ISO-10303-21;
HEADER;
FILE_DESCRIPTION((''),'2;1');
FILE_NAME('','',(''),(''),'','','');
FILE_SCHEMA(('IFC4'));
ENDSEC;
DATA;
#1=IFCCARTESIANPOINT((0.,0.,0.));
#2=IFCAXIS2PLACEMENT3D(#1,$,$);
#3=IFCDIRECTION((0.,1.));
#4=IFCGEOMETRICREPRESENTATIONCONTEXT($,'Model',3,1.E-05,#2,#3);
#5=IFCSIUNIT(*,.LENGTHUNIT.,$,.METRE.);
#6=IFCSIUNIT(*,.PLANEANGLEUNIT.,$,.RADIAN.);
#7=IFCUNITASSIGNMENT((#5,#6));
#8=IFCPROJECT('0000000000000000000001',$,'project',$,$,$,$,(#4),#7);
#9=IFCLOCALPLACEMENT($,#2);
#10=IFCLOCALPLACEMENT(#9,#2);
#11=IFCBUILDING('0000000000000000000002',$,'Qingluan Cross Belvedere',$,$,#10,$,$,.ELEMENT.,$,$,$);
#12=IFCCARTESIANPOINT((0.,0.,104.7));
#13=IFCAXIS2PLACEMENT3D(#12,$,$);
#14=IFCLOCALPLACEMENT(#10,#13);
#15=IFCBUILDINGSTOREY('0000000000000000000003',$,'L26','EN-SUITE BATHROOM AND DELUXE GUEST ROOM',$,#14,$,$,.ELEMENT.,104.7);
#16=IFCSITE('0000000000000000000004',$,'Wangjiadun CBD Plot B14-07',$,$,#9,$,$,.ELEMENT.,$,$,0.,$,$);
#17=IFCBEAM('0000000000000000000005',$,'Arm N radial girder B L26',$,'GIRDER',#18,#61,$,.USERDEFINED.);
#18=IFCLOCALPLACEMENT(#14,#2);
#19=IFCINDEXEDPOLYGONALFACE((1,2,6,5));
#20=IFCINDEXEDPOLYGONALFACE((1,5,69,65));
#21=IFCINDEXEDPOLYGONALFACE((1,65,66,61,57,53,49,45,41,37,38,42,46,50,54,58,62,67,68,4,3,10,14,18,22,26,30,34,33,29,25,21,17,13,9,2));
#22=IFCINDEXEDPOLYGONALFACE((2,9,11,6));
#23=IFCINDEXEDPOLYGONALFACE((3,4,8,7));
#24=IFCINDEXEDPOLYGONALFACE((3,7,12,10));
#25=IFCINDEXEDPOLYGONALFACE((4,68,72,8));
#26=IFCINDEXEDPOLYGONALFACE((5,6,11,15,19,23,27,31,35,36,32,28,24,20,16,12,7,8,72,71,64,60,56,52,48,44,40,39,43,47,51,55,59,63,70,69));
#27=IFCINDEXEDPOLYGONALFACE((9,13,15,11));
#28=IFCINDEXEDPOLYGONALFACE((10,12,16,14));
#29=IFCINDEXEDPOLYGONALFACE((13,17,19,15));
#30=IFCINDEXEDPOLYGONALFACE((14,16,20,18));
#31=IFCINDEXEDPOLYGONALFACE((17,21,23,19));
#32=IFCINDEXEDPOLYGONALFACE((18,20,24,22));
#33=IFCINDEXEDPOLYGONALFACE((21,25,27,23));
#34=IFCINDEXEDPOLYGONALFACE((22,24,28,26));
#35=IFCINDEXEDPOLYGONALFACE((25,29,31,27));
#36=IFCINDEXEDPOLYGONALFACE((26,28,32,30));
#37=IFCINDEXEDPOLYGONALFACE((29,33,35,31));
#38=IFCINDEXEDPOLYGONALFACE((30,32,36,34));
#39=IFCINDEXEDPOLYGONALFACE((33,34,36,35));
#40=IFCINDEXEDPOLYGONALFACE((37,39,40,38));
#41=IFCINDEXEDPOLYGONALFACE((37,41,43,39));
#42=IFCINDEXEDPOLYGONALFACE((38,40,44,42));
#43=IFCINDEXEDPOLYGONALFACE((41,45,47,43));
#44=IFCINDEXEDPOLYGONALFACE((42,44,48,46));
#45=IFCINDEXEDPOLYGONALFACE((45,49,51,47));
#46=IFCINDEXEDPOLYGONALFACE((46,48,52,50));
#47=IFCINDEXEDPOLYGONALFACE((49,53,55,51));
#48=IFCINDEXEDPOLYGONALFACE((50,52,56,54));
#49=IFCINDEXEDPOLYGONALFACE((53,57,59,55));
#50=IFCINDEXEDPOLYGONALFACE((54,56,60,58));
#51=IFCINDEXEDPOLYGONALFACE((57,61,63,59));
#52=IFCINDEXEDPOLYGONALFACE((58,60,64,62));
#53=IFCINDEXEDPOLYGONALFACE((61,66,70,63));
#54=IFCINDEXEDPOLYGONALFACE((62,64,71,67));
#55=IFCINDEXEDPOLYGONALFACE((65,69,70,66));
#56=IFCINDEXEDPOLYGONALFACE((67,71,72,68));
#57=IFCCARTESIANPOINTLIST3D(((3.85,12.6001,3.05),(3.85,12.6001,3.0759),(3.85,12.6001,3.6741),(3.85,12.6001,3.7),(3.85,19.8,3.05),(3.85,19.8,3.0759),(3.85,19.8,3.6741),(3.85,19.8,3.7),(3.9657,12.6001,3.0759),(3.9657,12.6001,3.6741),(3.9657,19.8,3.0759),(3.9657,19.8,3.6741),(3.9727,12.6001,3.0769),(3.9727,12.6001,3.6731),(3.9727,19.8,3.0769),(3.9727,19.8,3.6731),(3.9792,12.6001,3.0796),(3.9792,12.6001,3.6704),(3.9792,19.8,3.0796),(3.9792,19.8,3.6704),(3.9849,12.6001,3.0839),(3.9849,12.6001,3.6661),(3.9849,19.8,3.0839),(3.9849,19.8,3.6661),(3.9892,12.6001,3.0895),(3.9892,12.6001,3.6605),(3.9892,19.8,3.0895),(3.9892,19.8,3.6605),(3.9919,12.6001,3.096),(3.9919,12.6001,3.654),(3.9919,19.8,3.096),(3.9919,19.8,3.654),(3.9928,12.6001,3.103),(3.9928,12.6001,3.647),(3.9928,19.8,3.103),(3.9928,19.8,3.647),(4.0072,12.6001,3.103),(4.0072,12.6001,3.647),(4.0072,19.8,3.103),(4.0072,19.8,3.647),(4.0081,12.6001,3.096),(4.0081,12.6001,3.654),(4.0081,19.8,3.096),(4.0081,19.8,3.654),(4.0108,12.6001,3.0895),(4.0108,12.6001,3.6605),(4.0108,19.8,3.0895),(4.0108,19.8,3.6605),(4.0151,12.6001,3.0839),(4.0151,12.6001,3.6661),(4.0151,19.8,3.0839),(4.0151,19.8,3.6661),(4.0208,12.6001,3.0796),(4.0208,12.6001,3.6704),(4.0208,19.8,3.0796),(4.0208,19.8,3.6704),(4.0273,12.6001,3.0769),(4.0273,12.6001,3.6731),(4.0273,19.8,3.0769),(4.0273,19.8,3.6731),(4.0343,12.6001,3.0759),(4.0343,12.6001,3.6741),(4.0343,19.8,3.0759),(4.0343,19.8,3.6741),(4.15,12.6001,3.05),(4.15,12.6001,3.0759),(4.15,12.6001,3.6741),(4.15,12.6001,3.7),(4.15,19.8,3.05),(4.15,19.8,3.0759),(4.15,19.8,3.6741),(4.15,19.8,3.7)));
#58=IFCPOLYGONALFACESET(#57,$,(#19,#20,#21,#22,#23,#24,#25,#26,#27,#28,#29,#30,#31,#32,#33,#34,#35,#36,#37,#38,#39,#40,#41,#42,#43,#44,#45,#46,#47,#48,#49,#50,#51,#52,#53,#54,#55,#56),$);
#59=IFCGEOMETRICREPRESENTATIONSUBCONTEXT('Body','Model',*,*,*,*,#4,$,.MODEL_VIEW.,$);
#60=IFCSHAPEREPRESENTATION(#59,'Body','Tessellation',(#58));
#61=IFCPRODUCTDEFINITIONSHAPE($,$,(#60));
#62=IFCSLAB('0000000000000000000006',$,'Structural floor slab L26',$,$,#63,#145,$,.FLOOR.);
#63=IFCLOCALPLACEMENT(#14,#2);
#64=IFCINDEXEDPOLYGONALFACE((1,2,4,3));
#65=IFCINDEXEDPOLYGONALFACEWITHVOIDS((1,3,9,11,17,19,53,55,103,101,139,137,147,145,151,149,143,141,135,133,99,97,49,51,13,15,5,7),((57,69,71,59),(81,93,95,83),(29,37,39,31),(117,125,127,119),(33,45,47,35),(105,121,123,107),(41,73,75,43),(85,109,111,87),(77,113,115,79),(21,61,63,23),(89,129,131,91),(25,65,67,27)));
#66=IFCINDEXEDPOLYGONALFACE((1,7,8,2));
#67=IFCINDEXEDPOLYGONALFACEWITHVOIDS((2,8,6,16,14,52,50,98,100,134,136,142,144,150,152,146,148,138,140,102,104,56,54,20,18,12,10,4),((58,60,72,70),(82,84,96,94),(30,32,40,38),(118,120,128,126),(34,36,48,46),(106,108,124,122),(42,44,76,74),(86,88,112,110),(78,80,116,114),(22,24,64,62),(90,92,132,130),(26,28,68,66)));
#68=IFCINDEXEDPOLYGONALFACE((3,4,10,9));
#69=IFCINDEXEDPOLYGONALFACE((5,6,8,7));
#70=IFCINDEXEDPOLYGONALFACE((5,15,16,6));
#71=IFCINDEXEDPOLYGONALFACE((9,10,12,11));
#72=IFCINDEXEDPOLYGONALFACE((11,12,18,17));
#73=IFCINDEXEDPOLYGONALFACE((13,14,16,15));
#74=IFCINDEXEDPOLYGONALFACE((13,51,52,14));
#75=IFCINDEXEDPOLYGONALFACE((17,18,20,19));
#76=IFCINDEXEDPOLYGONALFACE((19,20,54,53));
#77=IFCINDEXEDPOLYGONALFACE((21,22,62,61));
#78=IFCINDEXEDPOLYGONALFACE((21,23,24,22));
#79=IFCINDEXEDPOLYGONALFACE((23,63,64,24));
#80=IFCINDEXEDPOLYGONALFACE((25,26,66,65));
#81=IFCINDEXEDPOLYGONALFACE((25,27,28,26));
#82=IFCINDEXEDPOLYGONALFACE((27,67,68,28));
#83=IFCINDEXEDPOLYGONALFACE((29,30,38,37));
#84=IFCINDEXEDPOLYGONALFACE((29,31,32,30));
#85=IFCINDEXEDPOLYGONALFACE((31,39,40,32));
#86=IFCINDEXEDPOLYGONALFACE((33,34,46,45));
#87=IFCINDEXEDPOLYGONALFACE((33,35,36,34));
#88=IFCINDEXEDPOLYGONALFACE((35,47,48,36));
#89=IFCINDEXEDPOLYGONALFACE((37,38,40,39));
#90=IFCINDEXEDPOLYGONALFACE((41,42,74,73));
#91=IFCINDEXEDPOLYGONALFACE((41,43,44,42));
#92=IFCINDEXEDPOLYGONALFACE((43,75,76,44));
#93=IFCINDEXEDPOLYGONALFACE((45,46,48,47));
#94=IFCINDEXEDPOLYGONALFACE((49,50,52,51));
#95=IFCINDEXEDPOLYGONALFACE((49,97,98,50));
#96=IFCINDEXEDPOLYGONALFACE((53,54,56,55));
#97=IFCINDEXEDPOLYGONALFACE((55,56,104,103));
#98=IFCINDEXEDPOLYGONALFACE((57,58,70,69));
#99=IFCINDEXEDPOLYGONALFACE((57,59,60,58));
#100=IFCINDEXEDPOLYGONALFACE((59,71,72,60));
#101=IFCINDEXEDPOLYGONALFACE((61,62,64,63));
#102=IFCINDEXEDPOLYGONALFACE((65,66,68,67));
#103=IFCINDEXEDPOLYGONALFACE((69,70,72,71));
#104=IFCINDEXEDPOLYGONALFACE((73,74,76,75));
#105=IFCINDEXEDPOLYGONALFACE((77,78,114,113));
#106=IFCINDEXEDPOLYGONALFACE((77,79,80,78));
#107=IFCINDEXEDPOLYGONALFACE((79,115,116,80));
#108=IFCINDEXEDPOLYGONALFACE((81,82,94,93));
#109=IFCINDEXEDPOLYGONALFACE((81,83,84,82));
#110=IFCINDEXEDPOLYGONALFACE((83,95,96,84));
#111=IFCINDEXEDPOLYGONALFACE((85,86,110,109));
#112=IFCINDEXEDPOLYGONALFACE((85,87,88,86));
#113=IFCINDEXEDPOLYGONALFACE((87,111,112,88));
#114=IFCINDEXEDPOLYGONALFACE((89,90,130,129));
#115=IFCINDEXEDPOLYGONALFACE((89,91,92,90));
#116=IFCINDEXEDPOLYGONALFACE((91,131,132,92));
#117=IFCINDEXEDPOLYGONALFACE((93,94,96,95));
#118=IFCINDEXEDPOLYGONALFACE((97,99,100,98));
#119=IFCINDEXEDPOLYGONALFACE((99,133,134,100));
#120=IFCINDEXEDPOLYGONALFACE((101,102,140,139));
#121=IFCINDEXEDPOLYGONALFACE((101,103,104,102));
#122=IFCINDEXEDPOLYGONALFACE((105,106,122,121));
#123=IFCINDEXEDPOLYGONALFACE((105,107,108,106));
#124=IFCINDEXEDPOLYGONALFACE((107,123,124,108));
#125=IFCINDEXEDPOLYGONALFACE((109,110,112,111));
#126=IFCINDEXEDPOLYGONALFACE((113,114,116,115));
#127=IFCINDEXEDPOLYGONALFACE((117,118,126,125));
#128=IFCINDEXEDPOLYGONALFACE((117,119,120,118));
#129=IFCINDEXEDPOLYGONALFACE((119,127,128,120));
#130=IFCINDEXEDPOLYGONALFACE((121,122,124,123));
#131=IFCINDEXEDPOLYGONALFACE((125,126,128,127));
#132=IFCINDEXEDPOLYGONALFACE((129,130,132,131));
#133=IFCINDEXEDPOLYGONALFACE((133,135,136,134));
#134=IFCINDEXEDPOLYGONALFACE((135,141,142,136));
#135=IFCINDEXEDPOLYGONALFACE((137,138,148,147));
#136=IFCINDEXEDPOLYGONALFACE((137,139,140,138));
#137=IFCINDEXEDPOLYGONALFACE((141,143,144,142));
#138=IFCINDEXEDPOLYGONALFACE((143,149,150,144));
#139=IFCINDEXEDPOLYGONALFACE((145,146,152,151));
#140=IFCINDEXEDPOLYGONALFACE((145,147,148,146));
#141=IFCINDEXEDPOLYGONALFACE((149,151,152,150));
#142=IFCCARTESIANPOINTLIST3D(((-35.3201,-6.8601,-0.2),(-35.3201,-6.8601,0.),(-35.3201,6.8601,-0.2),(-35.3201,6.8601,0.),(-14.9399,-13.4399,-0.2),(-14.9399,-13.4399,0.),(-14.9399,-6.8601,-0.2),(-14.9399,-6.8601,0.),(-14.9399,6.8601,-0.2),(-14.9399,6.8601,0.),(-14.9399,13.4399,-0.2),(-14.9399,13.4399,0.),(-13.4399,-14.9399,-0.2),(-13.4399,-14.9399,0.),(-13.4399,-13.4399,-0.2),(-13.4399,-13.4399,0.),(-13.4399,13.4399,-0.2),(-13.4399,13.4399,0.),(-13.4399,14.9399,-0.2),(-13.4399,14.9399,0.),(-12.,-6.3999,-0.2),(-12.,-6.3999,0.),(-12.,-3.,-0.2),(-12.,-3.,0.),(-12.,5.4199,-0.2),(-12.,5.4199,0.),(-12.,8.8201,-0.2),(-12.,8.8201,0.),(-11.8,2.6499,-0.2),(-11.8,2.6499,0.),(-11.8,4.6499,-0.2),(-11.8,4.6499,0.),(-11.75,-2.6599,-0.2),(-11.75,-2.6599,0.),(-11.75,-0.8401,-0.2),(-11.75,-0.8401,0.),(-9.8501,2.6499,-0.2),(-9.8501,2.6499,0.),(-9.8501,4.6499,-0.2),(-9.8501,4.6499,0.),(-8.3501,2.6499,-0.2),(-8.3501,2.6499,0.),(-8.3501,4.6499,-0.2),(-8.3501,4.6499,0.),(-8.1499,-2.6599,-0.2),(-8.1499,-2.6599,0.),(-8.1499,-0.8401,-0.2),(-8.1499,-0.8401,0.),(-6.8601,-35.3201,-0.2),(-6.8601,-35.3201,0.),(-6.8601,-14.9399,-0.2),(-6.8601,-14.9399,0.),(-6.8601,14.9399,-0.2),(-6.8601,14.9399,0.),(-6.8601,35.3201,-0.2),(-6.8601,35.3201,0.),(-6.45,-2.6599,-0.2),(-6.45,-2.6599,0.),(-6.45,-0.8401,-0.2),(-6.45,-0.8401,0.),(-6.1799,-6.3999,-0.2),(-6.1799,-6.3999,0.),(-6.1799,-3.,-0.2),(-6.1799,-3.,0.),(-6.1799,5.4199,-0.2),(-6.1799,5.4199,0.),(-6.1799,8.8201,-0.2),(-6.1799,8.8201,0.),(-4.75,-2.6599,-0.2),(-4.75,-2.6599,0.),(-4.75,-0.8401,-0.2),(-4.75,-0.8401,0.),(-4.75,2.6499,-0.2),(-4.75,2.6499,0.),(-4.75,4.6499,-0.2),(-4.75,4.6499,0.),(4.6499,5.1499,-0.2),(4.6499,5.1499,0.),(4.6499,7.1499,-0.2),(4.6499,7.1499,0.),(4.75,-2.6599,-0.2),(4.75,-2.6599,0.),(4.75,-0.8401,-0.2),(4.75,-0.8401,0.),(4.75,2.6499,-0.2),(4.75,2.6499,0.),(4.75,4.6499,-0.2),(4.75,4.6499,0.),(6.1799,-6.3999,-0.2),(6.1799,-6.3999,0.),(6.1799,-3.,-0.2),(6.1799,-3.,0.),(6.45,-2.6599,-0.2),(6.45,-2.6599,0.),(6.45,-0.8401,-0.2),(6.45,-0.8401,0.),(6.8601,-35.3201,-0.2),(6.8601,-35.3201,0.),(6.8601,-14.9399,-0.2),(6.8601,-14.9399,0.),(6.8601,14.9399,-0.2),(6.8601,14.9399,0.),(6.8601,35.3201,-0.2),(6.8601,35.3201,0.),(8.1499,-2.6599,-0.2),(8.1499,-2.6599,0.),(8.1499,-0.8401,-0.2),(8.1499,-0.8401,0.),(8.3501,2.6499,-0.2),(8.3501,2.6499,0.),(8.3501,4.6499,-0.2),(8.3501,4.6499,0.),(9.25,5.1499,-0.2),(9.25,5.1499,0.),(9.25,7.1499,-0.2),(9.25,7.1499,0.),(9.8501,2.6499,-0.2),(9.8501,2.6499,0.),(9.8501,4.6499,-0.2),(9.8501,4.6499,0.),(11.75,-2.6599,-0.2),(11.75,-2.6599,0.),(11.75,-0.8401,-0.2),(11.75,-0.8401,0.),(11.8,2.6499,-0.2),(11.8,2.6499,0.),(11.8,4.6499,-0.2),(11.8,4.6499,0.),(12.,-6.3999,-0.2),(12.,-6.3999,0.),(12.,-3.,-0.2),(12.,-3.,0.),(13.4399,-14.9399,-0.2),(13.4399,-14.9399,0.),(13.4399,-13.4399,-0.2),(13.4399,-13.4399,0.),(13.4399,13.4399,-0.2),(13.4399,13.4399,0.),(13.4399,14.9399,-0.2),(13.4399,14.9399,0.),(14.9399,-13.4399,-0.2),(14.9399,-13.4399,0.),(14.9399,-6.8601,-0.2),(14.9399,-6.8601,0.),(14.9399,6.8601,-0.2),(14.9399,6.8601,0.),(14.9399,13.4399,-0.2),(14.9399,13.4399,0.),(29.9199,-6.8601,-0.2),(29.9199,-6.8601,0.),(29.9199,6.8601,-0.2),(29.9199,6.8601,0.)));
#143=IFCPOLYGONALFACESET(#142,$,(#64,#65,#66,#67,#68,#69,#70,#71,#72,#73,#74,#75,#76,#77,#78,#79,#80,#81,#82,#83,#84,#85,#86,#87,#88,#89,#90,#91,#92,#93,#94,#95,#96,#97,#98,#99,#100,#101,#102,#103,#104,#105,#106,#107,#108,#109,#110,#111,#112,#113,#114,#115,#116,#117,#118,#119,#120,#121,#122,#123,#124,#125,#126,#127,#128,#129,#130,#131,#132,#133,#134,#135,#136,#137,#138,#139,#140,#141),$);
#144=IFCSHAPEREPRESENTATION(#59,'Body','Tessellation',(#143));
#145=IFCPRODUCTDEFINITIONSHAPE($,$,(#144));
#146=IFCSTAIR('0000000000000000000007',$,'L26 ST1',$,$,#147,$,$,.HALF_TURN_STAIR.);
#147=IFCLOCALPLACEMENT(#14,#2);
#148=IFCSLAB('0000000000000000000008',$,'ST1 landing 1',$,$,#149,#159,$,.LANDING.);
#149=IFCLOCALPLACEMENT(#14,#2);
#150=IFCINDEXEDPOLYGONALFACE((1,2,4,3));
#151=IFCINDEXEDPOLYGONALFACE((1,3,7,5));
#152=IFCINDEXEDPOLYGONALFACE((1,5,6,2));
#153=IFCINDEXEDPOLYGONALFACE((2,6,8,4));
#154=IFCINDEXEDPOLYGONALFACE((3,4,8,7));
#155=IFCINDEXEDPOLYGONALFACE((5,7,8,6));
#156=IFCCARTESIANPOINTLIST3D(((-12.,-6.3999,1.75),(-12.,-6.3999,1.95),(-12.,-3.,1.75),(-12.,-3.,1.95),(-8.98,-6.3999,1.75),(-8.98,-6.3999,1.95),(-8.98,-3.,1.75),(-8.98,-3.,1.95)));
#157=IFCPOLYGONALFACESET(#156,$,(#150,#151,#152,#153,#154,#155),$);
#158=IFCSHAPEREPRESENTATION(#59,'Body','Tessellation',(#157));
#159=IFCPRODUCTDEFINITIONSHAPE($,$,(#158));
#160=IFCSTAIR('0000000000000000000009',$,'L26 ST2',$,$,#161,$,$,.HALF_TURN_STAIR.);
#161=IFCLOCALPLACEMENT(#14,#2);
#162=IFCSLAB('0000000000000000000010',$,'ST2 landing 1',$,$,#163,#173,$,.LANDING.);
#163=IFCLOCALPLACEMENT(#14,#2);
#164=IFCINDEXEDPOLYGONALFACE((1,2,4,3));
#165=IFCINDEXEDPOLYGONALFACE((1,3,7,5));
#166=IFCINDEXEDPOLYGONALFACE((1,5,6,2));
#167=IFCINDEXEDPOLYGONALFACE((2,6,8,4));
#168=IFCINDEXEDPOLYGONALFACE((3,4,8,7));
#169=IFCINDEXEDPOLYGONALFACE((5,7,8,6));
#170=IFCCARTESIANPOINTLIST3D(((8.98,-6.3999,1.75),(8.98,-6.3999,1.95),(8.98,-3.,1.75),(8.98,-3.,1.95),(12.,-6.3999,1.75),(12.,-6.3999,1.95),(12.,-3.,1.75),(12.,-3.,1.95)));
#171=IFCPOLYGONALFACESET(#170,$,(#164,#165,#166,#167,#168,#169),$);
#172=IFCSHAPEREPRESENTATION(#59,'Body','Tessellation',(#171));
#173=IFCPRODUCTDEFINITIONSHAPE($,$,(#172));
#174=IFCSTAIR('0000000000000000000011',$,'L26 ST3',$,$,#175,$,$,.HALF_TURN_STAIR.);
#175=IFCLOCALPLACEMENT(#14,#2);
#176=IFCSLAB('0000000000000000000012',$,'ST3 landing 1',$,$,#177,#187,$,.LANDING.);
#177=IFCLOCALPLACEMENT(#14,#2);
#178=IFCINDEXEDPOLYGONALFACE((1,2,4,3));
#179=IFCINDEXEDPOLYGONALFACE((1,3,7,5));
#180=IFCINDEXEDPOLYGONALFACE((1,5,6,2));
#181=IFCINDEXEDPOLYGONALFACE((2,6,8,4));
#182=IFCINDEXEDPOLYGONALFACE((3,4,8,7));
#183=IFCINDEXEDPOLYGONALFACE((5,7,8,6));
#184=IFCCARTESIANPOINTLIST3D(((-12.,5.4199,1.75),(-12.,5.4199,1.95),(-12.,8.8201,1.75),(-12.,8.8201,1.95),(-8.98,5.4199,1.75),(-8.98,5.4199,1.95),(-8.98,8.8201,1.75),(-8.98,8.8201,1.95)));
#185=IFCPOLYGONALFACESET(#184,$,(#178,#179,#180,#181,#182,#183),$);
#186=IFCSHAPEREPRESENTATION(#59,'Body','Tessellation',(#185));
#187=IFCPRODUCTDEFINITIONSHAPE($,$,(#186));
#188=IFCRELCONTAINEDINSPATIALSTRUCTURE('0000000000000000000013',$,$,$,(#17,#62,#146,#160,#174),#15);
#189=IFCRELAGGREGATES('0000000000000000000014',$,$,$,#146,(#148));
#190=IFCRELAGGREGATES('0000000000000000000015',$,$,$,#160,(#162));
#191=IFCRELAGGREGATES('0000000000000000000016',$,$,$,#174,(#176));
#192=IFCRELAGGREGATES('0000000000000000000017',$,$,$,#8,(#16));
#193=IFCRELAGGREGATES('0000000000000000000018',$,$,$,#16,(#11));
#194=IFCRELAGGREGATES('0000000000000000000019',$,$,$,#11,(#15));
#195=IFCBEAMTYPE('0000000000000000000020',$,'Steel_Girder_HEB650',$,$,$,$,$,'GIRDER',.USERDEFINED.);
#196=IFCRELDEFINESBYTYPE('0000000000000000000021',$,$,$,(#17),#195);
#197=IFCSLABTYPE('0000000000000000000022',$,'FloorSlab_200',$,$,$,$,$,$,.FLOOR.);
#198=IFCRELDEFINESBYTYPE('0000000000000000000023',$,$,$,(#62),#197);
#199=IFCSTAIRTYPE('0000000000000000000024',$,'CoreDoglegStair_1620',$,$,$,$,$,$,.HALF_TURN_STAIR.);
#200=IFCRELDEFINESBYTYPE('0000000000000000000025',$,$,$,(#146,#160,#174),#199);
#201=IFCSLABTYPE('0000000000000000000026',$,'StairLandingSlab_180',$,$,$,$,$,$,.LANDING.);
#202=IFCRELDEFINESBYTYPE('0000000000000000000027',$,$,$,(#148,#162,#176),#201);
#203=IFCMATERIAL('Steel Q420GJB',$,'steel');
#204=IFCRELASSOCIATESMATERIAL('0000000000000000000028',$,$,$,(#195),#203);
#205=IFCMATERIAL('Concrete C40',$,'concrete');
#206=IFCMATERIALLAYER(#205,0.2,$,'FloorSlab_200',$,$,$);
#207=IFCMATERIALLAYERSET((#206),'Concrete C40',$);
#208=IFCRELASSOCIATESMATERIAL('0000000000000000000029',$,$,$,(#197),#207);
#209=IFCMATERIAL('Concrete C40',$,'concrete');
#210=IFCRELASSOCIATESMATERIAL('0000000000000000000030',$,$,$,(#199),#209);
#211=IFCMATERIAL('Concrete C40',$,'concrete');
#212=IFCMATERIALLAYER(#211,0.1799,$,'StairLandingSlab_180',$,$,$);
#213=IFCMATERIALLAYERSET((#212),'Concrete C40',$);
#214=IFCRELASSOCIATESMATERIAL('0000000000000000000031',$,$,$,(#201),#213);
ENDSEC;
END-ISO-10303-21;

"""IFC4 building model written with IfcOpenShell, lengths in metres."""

from ifc_helpers import new_model, si_unit, direction, frame, origin, origin_2d, place, context, subcontext, project, spatial, polyline, i_section, outline, extrude, material, layer, layer_set, material_profile, profile_set, type_object, element, aggregate, save


model = new_model("IFC4")

# Units and contexts
model_context = context("Model", 3, precision=1e-05, world=origin(), true_north=direction((0.0, 1.0)))
body_context = subcontext(model_context, "Body", "Model", "MODEL_VIEW")
ifc_project = project(units=[si_unit("LENGTHUNIT", "METRE"), si_unit("PLANEANGLEUNIT", "RADIAN")], contexts=[model_context])

# Site, building, storey
site_placement = place(None, origin())
site = spatial("IfcSite", under=ifc_project, at=site_placement, Name="Wangjiadun CBD Plot B14-07", CompositionType="ELEMENT", RefElevation=0.0)
building_placement = place(site_placement, origin())
building = spatial("IfcBuilding", under=site, at=building_placement, Name="Qingluan Cross Belvedere", CompositionType="ELEMENT")
storey_placement = place(building_placement, frame((0.0, 0.0, 104.7)))
storey = spatial("IfcBuildingStorey", under=building, at=storey_placement, Name="L26", Description="EN-SUITE BATHROOM AND DELUXE GUEST ROOM", CompositionType="ELEMENT", Elevation=104.7)

# Beam
ifc_material_1 = material(Name="Steel Q420GJB", Category="steel")
ifc_material_profile_1 = material_profile(ifc_material_1, i_section(OverallWidth=0.3, OverallDepth=0.6499, WebThickness=0.0144, FlangeThickness=0.0259, FilletRadius=0.0271, at=origin_2d()), Name="HEB650")
ifc_profile_set_1 = profile_set([ifc_material_profile_1], Name="Steel Q420GJB")
beam_type = type_object("IfcBeamType", Name="Steel_Girder_HEB650", ElementType="GIRDER", PredefinedType="USERDEFINED", material=ifc_profile_set_1)
beam_1_placement = place(storey_placement, frame((4.0, 12.6001, 3.375), z_axis=(0.0, 1.0, 0.0), x_axis=(-1.0, 0.0, 0.0)))
element("IfcBeam", 1, at=beam_1_placement, inside=storey, type_object=beam_type, Name="Arm N radial girder B L26", ObjectType="GIRDER", PredefinedType="USERDEFINED", context=body_context, shape_type="SweptSolid", body=[
    extrude(i_section(OverallWidth=0.3, OverallDepth=0.6499, WebThickness=0.0144, FlangeThickness=0.0259, FilletRadius=0.0271, at=origin_2d()), origin(), (0.0, 0.0, 1.0), 7.2),
])

# Slab
ifc_material_2 = material(Name="Concrete C40", Category="concrete")
ifc_layer_1 = layer(ifc_material_2, 0.2, Name="FloorSlab_200")
ifc_layer_set_1 = layer_set([ifc_layer_1], Name="Concrete C40")
slab_type_1 = type_object("IfcSlabType", Name="FloorSlab_200", PredefinedType="FLOOR", material=ifc_layer_set_1)
slab_1_placement = place(storey_placement, frame((0.0, 0.0, -0.2)))
element("IfcSlab", 2, at=slab_1_placement, inside=storey, type_object=slab_type_1, Name="Structural floor slab L26", PredefinedType="FLOOR", context=body_context, shape_type="SweptSolid", body=[
    extrude(outline(polyline([(6.8601, -35.3201), (6.8601, -14.9399), (13.4399, -14.9399), (13.4399, -13.4399), (14.9399, -13.4399), (14.9399, -6.8601), (29.9199, -6.8601), (29.9199, 6.8601), (14.9399, 6.8601), (14.9399, 13.4399), (13.4399, 13.4399), (13.4399, 14.9399), (6.8601, 14.9399), (6.8601, 35.3201), (-6.8601, 35.3201), (-6.8601, 14.9399), (-13.4399, 14.9399), (-13.4399, 13.4399), (-14.9399, 13.4399), (-14.9399, 6.8601), (-35.3201, 6.8601), (-35.3201, -6.8601), (-14.9399, -6.8601), (-14.9399, -13.4399), (-13.4399, -13.4399), (-13.4399, -14.9399), (-6.8601, -14.9399), (-6.8601, -35.3201), (6.8601, -35.3201)]), holes=[polyline([(-12.0, -3.0), (-6.1799, -3.0), (-6.1799, -6.3999), (-12.0, -6.3999), (-12.0, -3.0)]), polyline([(6.1799, -3.0), (12.0, -3.0), (12.0, -6.3999), (6.1799, -6.3999), (6.1799, -3.0)]), polyline([(-12.0, 8.8201), (-6.1799, 8.8201), (-6.1799, 5.4199), (-12.0, 5.4199), (-12.0, 8.8201)]), polyline([(-11.8, 4.6499), (-9.8501, 4.6499), (-9.8501, 2.6499), (-11.8, 2.6499), (-11.8, 4.6499)]), polyline([(-8.3501, 4.6499), (-4.75, 4.6499), (-4.75, 2.6499), (-8.3501, 2.6499), (-8.3501, 4.6499)]), polyline([(4.75, 4.6499), (8.3501, 4.6499), (8.3501, 2.6499), (4.75, 2.6499), (4.75, 4.6499)]), polyline([(9.8501, 4.6499), (11.8, 4.6499), (11.8, 2.6499), (9.8501, 2.6499), (9.8501, 4.6499)]), polyline([(-11.75, -0.8401), (-8.1499, -0.8401), (-8.1499, -2.6599), (-11.75, -2.6599), (-11.75, -0.8401)]), polyline([(-6.45, -0.8401), (-4.75, -0.8401), (-4.75, -2.6599), (-6.45, -2.6599), (-6.45, -0.8401)]), polyline([(4.75, -0.8401), (6.45, -0.8401), (6.45, -2.6599), (4.75, -2.6599), (4.75, -0.8401)]), polyline([(8.1499, -0.8401), (11.75, -0.8401), (11.75, -2.6599), (8.1499, -2.6599), (8.1499, -0.8401)]), polyline([(4.6499, 7.1499), (9.25, 7.1499), (9.25, 5.1499), (4.6499, 5.1499), (4.6499, 7.1499)])]), origin(), (0.0, 0.0, 1.0), 0.2),
])

# Stairs, slabs
ifc_material_3 = material(Name="Concrete C40", Category="concrete")
stair_type = type_object("IfcStairType", Name="CoreDoglegStair_1620", PredefinedType="HALF_TURN_STAIR", material=ifc_material_3)
stair_1_placement = place(storey_placement, origin())
stair_1 = element("IfcStair", 3, at=stair_1_placement, inside=storey, type_object=stair_type, Name="L26 ST1", PredefinedType="HALF_TURN_STAIR")
ifc_material_4 = material(Name="Concrete C40", Category="concrete")
ifc_layer_2 = layer(ifc_material_4, 0.1799, Name="StairLandingSlab_180")
ifc_layer_set_2 = layer_set([ifc_layer_2], Name="Concrete C40")
slab_type_2 = type_object("IfcSlabType", Name="StairLandingSlab_180", PredefinedType="LANDING", material=ifc_layer_set_2)
slab_2_placement = place(storey_placement, frame((0.0, 0.0, 1.75)))
slab_2 = element("IfcSlab", 4, at=slab_2_placement, type_object=slab_type_2, Name="ST1 landing 1", PredefinedType="LANDING", context=body_context, shape_type="SweptSolid", body=[
    extrude(outline(polyline([(-8.98, -3.0), (-12.0, -3.0), (-12.0, -6.3999), (-8.98, -6.3999), (-8.98, -3.0)])), origin(), (0.0, 0.0, 1.0), 0.2),
])
aggregate(stair_1, [slab_2])
stair_2_placement = place(storey_placement, origin())
stair_2 = element("IfcStair", 5, at=stair_2_placement, inside=storey, type_object=stair_type, Name="L26 ST2", PredefinedType="HALF_TURN_STAIR")
slab_3_placement = place(storey_placement, frame((0.0, 0.0, 1.75)))
slab_3 = element("IfcSlab", 6, at=slab_3_placement, type_object=slab_type_2, Name="ST2 landing 1", PredefinedType="LANDING", context=body_context, shape_type="SweptSolid", body=[
    extrude(outline(polyline([(8.98, -6.3999), (12.0, -6.3999), (12.0, -3.0), (8.98, -3.0), (8.98, -6.3999)])), origin(), (0.0, 0.0, 1.0), 0.2),
])
aggregate(stair_2, [slab_3])
stair_3_placement = place(storey_placement, origin())
stair_3 = element("IfcStair", 7, at=stair_3_placement, inside=storey, type_object=stair_type, Name="L26 ST3", PredefinedType="HALF_TURN_STAIR")
slab_4_placement = place(storey_placement, frame((0.0, 0.0, 1.75)))
slab_4 = element("IfcSlab", 8, at=slab_4_placement, type_object=slab_type_2, Name="ST3 landing 1", PredefinedType="LANDING", context=body_context, shape_type="SweptSolid", body=[
    extrude(outline(polyline([(-8.98, 8.8201), (-12.0, 8.8201), (-12.0, 5.4199), (-8.98, 5.4199), (-8.98, 8.8201)])), origin(), (0.0, 0.0, 1.0), 0.2),
])
aggregate(stair_3, [slab_4])

save(model, "model.ifc")
